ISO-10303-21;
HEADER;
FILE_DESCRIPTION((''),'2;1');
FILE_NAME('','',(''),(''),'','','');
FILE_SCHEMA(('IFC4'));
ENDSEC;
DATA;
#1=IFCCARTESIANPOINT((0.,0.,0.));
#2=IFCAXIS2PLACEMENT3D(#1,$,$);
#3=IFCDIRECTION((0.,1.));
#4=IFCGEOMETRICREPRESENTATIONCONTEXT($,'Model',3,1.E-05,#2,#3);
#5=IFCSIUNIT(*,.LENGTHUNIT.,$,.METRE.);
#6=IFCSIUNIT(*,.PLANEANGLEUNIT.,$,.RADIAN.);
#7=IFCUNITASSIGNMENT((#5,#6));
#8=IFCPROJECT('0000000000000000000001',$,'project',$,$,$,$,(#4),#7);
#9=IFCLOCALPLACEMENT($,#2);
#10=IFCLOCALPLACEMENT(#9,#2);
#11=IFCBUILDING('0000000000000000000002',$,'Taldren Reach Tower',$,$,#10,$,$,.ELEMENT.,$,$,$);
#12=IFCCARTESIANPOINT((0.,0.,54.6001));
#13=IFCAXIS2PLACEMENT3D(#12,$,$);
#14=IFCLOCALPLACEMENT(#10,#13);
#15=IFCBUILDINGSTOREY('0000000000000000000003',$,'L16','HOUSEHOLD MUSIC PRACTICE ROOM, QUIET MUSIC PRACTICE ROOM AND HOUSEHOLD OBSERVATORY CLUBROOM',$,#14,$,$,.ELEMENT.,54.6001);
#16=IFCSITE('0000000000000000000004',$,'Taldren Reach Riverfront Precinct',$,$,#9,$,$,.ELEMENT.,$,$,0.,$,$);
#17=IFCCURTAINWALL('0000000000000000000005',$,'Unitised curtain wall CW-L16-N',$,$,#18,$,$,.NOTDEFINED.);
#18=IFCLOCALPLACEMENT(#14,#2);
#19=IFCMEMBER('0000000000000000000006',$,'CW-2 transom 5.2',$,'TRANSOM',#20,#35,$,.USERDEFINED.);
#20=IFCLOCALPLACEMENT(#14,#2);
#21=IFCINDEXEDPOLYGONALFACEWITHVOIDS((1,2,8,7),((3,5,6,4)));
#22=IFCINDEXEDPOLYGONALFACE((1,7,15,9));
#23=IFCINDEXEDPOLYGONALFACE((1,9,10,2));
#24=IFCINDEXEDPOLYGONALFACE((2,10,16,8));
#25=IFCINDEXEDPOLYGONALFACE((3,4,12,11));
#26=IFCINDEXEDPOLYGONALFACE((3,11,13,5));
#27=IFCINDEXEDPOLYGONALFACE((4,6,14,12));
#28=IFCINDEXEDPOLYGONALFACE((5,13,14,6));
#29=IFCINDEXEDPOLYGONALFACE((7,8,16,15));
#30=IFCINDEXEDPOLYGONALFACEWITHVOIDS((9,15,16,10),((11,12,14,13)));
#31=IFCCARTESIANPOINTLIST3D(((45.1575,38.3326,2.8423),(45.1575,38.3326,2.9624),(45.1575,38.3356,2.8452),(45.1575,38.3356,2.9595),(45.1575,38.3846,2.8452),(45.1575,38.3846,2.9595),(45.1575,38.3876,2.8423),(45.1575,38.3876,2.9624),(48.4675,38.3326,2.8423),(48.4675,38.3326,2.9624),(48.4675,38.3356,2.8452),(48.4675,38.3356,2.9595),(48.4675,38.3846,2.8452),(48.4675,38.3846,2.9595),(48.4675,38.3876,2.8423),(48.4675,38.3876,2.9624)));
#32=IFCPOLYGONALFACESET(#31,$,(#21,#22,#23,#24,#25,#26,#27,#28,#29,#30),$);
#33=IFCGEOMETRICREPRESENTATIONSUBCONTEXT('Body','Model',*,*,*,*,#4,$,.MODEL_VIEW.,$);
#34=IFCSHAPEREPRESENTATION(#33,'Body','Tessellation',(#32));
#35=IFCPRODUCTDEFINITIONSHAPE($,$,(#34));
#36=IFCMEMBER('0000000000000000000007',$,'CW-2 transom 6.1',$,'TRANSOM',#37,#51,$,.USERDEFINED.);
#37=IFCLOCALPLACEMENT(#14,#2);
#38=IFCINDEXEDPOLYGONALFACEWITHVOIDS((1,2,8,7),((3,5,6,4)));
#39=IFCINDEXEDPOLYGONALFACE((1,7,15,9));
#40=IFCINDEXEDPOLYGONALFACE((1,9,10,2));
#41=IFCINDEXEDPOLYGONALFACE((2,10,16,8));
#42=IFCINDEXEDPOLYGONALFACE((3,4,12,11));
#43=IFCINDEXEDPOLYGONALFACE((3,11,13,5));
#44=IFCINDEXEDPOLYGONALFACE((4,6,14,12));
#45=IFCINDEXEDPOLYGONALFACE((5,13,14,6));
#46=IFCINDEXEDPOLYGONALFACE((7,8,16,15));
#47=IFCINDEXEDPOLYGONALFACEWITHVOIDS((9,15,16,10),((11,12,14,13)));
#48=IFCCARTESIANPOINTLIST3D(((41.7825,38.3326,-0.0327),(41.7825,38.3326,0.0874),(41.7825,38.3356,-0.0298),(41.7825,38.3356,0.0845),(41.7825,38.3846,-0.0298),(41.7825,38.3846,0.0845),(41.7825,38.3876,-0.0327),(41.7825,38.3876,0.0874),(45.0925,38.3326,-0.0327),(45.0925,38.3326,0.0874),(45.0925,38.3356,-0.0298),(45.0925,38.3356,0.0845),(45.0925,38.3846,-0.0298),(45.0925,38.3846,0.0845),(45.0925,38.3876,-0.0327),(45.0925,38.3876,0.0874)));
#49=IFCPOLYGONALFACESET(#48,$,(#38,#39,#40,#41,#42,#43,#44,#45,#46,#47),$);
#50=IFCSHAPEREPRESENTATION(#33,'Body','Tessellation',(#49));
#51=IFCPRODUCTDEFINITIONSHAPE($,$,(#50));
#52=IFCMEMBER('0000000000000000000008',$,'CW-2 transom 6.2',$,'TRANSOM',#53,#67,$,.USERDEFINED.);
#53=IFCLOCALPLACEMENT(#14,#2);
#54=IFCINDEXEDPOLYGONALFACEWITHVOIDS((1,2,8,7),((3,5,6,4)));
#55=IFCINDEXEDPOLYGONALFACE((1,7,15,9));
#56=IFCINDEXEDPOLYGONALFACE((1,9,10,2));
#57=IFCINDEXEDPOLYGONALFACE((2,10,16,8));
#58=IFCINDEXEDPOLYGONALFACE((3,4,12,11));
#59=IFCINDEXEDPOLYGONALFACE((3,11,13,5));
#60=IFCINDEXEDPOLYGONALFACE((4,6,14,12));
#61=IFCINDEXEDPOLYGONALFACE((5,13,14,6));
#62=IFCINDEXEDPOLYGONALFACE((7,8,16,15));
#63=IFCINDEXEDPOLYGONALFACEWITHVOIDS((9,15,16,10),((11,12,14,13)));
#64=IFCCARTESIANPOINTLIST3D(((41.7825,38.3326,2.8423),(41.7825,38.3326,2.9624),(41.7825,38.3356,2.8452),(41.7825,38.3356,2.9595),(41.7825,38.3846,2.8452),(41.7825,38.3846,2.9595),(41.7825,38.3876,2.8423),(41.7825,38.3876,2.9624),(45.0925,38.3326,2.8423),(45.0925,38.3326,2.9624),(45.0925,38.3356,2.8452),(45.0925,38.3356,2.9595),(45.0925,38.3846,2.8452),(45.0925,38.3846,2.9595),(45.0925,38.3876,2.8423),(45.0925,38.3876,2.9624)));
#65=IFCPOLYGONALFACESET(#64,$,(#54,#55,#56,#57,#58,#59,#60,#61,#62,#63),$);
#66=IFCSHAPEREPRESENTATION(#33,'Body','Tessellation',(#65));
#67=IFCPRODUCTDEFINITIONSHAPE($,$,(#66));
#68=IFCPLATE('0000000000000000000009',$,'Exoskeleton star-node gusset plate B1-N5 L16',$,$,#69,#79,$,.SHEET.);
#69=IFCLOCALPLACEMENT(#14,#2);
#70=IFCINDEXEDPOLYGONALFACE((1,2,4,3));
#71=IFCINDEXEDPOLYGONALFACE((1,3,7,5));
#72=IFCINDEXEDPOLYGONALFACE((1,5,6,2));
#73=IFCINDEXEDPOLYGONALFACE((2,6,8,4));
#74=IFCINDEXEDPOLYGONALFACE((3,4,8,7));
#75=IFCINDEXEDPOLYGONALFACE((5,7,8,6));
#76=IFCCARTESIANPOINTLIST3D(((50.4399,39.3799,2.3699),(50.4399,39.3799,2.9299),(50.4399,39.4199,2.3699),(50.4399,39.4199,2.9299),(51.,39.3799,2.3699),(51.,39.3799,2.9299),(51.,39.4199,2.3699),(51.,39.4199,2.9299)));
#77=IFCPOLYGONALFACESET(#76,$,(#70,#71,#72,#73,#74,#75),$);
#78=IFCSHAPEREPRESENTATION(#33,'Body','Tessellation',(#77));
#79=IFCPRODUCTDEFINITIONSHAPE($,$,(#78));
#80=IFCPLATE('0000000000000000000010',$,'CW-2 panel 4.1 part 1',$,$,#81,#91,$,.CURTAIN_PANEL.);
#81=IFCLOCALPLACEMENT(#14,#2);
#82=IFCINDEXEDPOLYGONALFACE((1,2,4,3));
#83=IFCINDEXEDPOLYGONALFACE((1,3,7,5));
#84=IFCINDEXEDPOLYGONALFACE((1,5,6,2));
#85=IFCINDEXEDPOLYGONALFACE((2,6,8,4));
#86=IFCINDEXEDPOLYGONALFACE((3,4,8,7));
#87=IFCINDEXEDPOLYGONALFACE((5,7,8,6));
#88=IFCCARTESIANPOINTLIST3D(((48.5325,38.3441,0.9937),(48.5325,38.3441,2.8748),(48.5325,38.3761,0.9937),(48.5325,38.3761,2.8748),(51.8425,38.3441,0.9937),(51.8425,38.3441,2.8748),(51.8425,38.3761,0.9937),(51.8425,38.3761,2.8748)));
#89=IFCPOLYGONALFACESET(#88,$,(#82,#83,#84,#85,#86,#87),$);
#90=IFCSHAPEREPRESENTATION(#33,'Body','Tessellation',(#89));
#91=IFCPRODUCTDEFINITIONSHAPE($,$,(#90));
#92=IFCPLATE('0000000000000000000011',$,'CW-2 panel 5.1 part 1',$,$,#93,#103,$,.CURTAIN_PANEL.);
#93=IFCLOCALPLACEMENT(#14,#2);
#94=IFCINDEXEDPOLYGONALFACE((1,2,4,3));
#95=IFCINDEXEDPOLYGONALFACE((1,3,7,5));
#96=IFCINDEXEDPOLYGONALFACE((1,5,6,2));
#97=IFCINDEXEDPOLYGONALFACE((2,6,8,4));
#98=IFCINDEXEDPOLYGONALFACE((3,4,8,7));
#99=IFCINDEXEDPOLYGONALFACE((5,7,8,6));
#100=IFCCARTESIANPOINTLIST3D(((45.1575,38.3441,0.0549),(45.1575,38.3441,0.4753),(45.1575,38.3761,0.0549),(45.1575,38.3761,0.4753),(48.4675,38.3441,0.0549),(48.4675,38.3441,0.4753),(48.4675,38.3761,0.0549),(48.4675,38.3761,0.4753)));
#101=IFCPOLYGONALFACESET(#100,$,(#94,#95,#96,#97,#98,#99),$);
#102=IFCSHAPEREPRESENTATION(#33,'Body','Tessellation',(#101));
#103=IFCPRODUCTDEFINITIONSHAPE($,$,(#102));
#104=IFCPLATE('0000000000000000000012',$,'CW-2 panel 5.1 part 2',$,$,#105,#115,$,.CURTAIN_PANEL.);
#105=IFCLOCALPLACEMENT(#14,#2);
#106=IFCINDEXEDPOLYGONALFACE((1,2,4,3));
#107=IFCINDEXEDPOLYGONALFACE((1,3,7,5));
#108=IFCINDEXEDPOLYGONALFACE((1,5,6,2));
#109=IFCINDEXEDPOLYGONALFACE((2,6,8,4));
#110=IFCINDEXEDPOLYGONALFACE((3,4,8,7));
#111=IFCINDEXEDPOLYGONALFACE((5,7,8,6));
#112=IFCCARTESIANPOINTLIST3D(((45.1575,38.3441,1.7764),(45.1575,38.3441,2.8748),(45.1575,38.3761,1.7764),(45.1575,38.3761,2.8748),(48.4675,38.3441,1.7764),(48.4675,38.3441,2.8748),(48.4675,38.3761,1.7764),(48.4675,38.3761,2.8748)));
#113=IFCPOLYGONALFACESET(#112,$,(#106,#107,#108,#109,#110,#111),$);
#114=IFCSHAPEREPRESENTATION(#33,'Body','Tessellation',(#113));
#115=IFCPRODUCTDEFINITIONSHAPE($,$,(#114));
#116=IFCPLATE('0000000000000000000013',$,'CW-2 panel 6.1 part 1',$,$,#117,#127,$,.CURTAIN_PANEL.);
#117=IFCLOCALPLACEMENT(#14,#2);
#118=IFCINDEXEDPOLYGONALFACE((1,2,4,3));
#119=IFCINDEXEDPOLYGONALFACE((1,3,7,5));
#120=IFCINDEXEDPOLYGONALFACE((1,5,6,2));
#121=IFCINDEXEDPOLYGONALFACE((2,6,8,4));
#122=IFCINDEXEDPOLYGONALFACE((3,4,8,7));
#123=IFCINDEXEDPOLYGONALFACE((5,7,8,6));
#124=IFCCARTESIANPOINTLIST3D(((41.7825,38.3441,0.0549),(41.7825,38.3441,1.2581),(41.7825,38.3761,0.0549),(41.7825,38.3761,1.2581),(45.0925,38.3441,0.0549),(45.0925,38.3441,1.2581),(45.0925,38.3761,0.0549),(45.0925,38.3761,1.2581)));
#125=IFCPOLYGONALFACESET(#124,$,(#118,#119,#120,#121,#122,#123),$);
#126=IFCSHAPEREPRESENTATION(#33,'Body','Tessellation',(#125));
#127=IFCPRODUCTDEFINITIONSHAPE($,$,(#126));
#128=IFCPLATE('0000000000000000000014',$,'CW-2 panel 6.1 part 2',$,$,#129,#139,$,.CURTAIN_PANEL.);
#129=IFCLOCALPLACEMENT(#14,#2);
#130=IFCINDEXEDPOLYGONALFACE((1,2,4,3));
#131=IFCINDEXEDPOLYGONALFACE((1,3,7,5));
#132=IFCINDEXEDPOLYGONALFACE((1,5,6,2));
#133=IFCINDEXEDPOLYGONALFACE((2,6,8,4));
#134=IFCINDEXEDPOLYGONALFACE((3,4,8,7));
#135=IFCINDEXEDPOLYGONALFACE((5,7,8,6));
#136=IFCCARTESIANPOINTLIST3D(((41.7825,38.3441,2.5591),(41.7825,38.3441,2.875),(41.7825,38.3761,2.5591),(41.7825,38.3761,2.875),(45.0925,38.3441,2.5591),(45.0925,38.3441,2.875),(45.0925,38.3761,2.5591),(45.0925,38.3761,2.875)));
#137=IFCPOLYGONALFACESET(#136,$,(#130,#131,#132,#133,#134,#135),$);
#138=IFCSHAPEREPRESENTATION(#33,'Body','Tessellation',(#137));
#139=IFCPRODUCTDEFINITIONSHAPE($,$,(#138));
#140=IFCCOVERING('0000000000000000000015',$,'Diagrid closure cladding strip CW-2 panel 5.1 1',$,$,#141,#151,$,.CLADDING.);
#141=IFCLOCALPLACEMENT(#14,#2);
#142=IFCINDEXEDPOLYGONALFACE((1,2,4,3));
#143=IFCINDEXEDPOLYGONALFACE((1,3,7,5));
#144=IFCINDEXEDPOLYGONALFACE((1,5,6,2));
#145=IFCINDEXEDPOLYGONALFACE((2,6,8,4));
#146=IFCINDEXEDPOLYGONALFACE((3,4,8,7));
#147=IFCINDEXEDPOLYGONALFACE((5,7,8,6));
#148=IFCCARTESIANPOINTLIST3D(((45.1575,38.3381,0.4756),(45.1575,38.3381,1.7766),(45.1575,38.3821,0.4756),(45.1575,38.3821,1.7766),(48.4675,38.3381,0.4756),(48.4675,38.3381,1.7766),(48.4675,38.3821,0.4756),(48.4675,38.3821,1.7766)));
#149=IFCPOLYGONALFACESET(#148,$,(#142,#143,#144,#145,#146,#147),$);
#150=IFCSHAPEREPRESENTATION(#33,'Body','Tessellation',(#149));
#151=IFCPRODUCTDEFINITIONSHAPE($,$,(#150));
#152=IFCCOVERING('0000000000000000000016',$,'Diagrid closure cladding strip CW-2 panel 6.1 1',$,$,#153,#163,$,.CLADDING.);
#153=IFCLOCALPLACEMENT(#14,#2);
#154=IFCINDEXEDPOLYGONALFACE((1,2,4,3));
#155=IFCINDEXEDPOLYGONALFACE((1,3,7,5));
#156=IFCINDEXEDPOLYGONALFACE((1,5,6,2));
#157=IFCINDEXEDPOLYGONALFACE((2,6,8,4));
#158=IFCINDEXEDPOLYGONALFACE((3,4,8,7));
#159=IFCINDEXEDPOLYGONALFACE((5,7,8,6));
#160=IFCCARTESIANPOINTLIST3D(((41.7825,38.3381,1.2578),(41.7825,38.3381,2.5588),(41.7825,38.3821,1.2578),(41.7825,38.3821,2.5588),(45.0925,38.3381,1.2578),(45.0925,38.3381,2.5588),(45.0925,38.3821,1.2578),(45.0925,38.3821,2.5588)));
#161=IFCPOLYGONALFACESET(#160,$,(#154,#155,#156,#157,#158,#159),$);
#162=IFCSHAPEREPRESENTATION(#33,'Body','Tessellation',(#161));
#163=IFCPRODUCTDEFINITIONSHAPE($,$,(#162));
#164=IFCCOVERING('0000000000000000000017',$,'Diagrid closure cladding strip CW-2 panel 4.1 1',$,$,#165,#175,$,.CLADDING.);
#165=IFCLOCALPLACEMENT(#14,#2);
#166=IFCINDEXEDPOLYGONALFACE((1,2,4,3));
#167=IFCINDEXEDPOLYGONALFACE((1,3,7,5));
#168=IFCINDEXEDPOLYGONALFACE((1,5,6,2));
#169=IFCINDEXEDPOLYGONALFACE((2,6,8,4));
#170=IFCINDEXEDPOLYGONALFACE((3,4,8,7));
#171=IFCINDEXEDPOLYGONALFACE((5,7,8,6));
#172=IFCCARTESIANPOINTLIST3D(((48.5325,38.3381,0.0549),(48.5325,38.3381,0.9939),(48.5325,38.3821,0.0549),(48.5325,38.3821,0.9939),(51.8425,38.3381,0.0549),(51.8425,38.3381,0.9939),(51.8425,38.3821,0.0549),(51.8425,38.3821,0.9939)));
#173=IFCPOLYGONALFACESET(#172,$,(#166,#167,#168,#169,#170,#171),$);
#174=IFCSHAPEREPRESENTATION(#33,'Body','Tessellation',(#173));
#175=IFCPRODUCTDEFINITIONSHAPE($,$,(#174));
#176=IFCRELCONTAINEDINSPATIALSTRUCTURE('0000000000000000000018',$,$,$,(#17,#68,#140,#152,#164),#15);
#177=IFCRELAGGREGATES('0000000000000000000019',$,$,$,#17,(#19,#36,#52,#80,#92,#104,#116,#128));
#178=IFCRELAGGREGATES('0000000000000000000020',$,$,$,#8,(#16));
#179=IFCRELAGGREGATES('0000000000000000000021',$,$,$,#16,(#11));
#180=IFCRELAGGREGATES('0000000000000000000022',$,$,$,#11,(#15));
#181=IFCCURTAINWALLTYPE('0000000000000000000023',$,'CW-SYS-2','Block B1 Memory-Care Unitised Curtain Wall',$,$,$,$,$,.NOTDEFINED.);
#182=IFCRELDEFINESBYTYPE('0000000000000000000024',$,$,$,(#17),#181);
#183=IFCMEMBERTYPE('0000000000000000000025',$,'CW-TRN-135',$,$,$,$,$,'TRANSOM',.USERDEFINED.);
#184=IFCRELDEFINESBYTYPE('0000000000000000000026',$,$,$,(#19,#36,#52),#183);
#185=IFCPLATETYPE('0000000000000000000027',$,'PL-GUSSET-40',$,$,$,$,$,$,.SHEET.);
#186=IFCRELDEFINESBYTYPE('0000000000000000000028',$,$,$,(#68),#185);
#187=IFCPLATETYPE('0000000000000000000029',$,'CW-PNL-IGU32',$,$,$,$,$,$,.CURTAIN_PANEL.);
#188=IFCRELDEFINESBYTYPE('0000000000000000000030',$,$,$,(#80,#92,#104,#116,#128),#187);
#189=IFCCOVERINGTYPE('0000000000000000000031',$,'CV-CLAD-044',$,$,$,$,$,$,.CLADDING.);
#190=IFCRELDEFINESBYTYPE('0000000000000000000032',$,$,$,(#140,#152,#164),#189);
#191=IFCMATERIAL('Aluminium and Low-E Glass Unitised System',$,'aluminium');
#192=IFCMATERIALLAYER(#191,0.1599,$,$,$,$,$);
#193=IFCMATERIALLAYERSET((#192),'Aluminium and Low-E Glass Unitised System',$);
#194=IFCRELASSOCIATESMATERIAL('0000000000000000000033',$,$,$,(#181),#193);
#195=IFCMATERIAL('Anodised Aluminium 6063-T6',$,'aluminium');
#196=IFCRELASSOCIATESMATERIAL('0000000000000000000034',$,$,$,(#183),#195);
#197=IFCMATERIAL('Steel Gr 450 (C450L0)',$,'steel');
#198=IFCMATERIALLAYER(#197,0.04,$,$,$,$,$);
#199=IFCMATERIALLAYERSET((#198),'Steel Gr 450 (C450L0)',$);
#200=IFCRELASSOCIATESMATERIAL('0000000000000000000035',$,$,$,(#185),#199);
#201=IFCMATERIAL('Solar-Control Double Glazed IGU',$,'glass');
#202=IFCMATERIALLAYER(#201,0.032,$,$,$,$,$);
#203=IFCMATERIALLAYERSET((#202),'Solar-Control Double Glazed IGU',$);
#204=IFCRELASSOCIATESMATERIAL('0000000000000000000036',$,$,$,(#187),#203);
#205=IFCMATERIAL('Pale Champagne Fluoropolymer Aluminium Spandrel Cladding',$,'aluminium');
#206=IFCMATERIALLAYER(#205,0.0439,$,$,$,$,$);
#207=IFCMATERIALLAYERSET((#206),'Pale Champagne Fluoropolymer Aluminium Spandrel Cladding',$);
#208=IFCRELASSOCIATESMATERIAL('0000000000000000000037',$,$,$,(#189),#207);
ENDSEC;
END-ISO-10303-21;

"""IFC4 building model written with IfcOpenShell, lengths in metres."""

from ifc_helpers import new_model, si_unit, direction, frame, origin, origin_2d, place, context, subcontext, project, spatial, rectangle, hollow_rectangle, extrude, source, transform, mapped, material, layer, layer_set, material_profile, profile_set, type_object, element, aggregate, save


model = new_model("IFC4")

# Units and contexts
model_context = context("Model", 3, precision=1e-05, world=origin(), true_north=direction((0.0, 1.0)))
body_context = subcontext(model_context, "Body", "Model", "MODEL_VIEW")
ifc_project = project(units=[si_unit("LENGTHUNIT", "METRE"), si_unit("PLANEANGLEUNIT", "RADIAN")], contexts=[model_context])

# Site, building, storey
site_placement = place(None, origin())
site = spatial("IfcSite", under=ifc_project, at=site_placement, Name="Taldren Reach Riverfront Precinct", CompositionType="ELEMENT", RefElevation=0.0)
building_placement = place(site_placement, origin())
building = spatial("IfcBuilding", under=site, at=building_placement, Name="Taldren Reach Tower", CompositionType="ELEMENT")
storey_placement = place(building_placement, frame((0.0, 0.0, 54.6001)))
storey = spatial("IfcBuildingStorey", under=building, at=storey_placement, Name="L16", Description="HOUSEHOLD MUSIC PRACTICE ROOM, QUIET MUSIC PRACTICE ROOM AND HOUSEHOLD OBSERVATORY CLUBROOM", CompositionType="ELEMENT", Elevation=54.6001)

# Shared definitions
ifc_material_1 = material(Name="Steel Gr 450 (C450L0)", Category="steel")

# Curtain wall, members
ifc_material_2 = material(Name="Aluminium and Low-E Glass Unitised System", Category="aluminium")
ifc_layer_1 = layer(ifc_material_2, 0.1599)
ifc_layer_set_1 = layer_set([ifc_layer_1], Name="Aluminium and Low-E Glass Unitised System")
curtain_wall_type = type_object("IfcCurtainWallType", Name="CW-SYS-2", Description="Block B1 Memory-Care Unitised Curtain Wall", PredefinedType="NOTDEFINED", material=ifc_layer_set_1)
curtain_wall_placement = place(storey_placement, origin())
curtain_wall = element("IfcCurtainWall", 1, at=curtain_wall_placement, inside=storey, type_object=curtain_wall_type, Name="Unitised curtain wall CW-L16-N", PredefinedType="NOTDEFINED")
ifc_material_3 = material(Name="Anodised Aluminium 6063-T6", Category="aluminium")
ifc_material_profile_1 = material_profile(ifc_material_3, hollow_rectangle(XDim=0.0549, YDim=0.1201, WallThickness=0.0029, at=origin_2d()), Name="ALU-120x55x3RHS")
ifc_profile_set_1 = profile_set([ifc_material_profile_1], Name="Anodised Aluminium 6063-T6")
member_type_1 = type_object("IfcMemberType", Name="CW-TRN-135", ElementType="TRANSOM", PredefinedType="USERDEFINED", material=ifc_profile_set_1)
shared_shape_1 = source(origin(), body_context, "Body", "SweptSolid", [
    extrude(hollow_rectangle(XDim=0.0549, YDim=0.1201, WallThickness=0.0029, at=origin_2d()), origin(), (0.0, 0.0, 1.0), 3.3101),
])
member_1_placement = place(storey_placement, frame((48.4675, 38.3601, 2.9023), z_axis=(-1.0, 0.0, 0.0), x_axis=(0.0, -1.0, 0.0)))
member_1 = element("IfcMember", 2, at=member_1_placement, type_object=member_type_1, Name="CW-2 transom 5.2", ObjectType="TRANSOM", PredefinedType="USERDEFINED", context=body_context, shape_type="MappedRepresentation", body=[
    mapped(shared_shape_1, transform((0.0, 0.0, 0.0), scale=1.0)),
])
member_2_placement = place(storey_placement, frame((45.0925, 38.3601, 0.0273), z_axis=(-1.0, 0.0, 0.0), x_axis=(0.0, -1.0, 0.0)))
member_2 = element("IfcMember", 3, at=member_2_placement, type_object=member_type_1, Name="CW-2 transom 6.1", ObjectType="TRANSOM", PredefinedType="USERDEFINED", context=body_context, shape_type="MappedRepresentation", body=[
    mapped(shared_shape_1, transform((0.0, 0.0, 0.0), scale=1.0)),
])
member_3_placement = place(storey_placement, frame((45.0925, 38.3601, 2.9023), z_axis=(-1.0, 0.0, 0.0), x_axis=(0.0, -1.0, 0.0)))
member_3 = element("IfcMember", 4, at=member_3_placement, type_object=member_type_1, Name="CW-2 transom 6.2", ObjectType="TRANSOM", PredefinedType="USERDEFINED", context=body_context, shape_type="MappedRepresentation", body=[
    mapped(shared_shape_1, transform((0.0, 0.0, 0.0), scale=1.0)),
])

# Plates
ifc_layer_2 = layer(ifc_material_1, 0.04)
ifc_layer_set_2 = layer_set([ifc_layer_2], Name="Steel Gr 450 (C450L0)")
plate_type_1 = type_object("IfcPlateType", Name="PL-GUSSET-40", PredefinedType="SHEET", material=ifc_layer_set_2)
shared_shape_2 = source(origin(), body_context, "Body", "SweptSolid", [
    extrude(rectangle(XDim=0.5601, YDim=0.04, at=origin_2d()), origin(), (0.0, 0.0, 1.0), 0.5601),
])
plate_1_placement = place(storey_placement, frame((50.72, 39.3999, 2.3699), z_axis=(0.0, 0.0, 1.0), x_axis=(1.0, 0.0, 0.0)))
element("IfcPlate", 5, at=plate_1_placement, inside=storey, type_object=plate_type_1, Name="Exoskeleton star-node gusset plate B1-N5 L16", PredefinedType="SHEET", context=body_context, shape_type="MappedRepresentation", body=[
    mapped(shared_shape_2, transform((0.0, 0.0, 0.0), scale=1.0)),
])
ifc_material_4 = material(Name="Solar-Control Double Glazed IGU", Category="glass")
ifc_layer_3 = layer(ifc_material_4, 0.032)
ifc_layer_set_3 = layer_set([ifc_layer_3], Name="Solar-Control Double Glazed IGU")
plate_type_2 = type_object("IfcPlateType", Name="CW-PNL-IGU32", PredefinedType="CURTAIN_PANEL", material=ifc_layer_set_3)
shared_shape_3 = source(origin(), body_context, "Body", "SweptSolid", [
    extrude(rectangle(XDim=3.3101, YDim=0.032, at=origin_2d()), origin(), (0.0, 0.0, 1.0), 1.8811),
])
plate_2_placement = place(storey_placement, frame((50.1875, 38.3601, 0.9937), z_axis=(0.0, 0.0, 1.0), x_axis=(-1.0, 0.0, 0.0)))
plate_2 = element("IfcPlate", 6, at=plate_2_placement, type_object=plate_type_2, Name="CW-2 panel 4.1 part 1", PredefinedType="CURTAIN_PANEL", context=body_context, shape_type="MappedRepresentation", body=[
    mapped(shared_shape_3, transform((0.0, 0.0, 0.0), scale=1.0)),
])
shared_shape_4 = source(origin(), body_context, "Body", "SweptSolid", [
    extrude(rectangle(XDim=3.3101, YDim=0.032, at=origin_2d()), origin(), (0.0, 0.0, 1.0), 0.4204),
])
plate_3_placement = place(storey_placement, frame((46.8125, 38.3601, 0.0549), z_axis=(0.0, 0.0, 1.0), x_axis=(-1.0, 0.0, 0.0)))
plate_3 = element("IfcPlate", 7, at=plate_3_placement, type_object=plate_type_2, Name="CW-2 panel 5.1 part 1", PredefinedType="CURTAIN_PANEL", context=body_context, shape_type="MappedRepresentation", body=[
    mapped(shared_shape_4, transform((0.0, 0.0, 0.0), scale=1.0)),
])
shared_shape_5 = source(origin(), body_context, "Body", "SweptSolid", [
    extrude(rectangle(XDim=3.3101, YDim=0.032, at=origin_2d()), origin(), (0.0, 0.0, 1.0), 1.0984),
])
plate_4_placement = place(storey_placement, frame((46.8125, 38.3601, 1.7764), z_axis=(0.0, 0.0, 1.0), x_axis=(-1.0, 0.0, 0.0)))
plate_4 = element("IfcPlate", 8, at=plate_4_placement, type_object=plate_type_2, Name="CW-2 panel 5.1 part 2", PredefinedType="CURTAIN_PANEL", context=body_context, shape_type="MappedRepresentation", body=[
    mapped(shared_shape_5, transform((0.0, 0.0, 0.0), scale=1.0)),
])
shared_shape_6 = source(origin(), body_context, "Body", "SweptSolid", [
    extrude(rectangle(XDim=3.3101, YDim=0.032, at=origin_2d()), origin(), (0.0, 0.0, 1.0), 1.2031),
])
plate_5_placement = place(storey_placement, frame((43.4375, 38.3601, 0.0549), z_axis=(0.0, 0.0, 1.0), x_axis=(-1.0, 0.0, 0.0)))
plate_5 = element("IfcPlate", 9, at=plate_5_placement, type_object=plate_type_2, Name="CW-2 panel 6.1 part 1", PredefinedType="CURTAIN_PANEL", context=body_context, shape_type="MappedRepresentation", body=[
    mapped(shared_shape_6, transform((0.0, 0.0, 0.0), scale=1.0)),
])
shared_shape_7 = source(origin(), body_context, "Body", "SweptSolid", [
    extrude(rectangle(XDim=3.3101, YDim=0.032, at=origin_2d()), origin(), (0.0, 0.0, 1.0), 0.3159),
])
plate_6_placement = place(storey_placement, frame((43.4375, 38.3601, 2.5591), z_axis=(0.0, 0.0, 1.0), x_axis=(-1.0, 0.0, 0.0)))
plate_6 = element("IfcPlate", 10, at=plate_6_placement, type_object=plate_type_2, Name="CW-2 panel 6.1 part 2", PredefinedType="CURTAIN_PANEL", context=body_context, shape_type="MappedRepresentation", body=[
    mapped(shared_shape_7, transform((0.0, 0.0, 0.0), scale=1.0)),
])
aggregate(curtain_wall, [member_1, member_2, member_3, plate_2, plate_3, plate_4, plate_5, plate_6])

# Coverings
ifc_material_5 = material(Name="Pale Champagne Fluoropolymer Aluminium Spandrel Cladding", Category="aluminium")
ifc_layer_4 = layer(ifc_material_5, 0.0439)
ifc_layer_set_4 = layer_set([ifc_layer_4], Name="Pale Champagne Fluoropolymer Aluminium Spandrel Cladding")
covering_type = type_object("IfcCoveringType", Name="CV-CLAD-044", PredefinedType="CLADDING", material=ifc_layer_set_4)
shared_shape_8 = source(origin(), body_context, "Body", "SweptSolid", [
    extrude(rectangle(XDim=3.3101, YDim=0.0439, at=origin_2d()), origin(), (0.0, 0.0, 1.0), 1.301),
])
for number, where, z_axis, x_axis, name in (
    (11, (46.8125, 38.3601, 0.4756), (0.0, 0.0, 1.0), (-1.0, 0.0, 0.0), "Diagrid closure cladding strip CW-2 panel 5.1 1"),
    (12, (43.4375, 38.3601, 1.2578), (0.0, 0.0, 1.0), (-1.0, 0.0, 0.0), "Diagrid closure cladding strip CW-2 panel 6.1 1"),
):
    element("IfcCovering", number, at=place(storey_placement, frame(where, z_axis=z_axis, x_axis=x_axis)), inside=storey, type_object=covering_type, Name=name, PredefinedType="CLADDING", context=body_context, shape_type="MappedRepresentation", body=[
        mapped(shared_shape_8, transform((0.0, 0.0, 0.0), scale=1.0)),
    ])
shared_shape_9 = source(origin(), body_context, "Body", "SweptSolid", [
    extrude(rectangle(XDim=3.3101, YDim=0.0439, at=origin_2d()), origin(), (0.0, 0.0, 1.0), 0.939),
])
covering_placement = place(storey_placement, frame((50.1875, 38.3601, 0.0549), z_axis=(0.0, 0.0, 1.0), x_axis=(-1.0, 0.0, 0.0)))
element("IfcCovering", 13, at=covering_placement, inside=storey, type_object=covering_type, Name="Diagrid closure cladding strip CW-2 panel 4.1 1", PredefinedType="CLADDING", context=body_context, shape_type="MappedRepresentation", body=[
    mapped(shared_shape_9, transform((0.0, 0.0, 0.0), scale=1.0)),
])

save(model, "model.ifc")
